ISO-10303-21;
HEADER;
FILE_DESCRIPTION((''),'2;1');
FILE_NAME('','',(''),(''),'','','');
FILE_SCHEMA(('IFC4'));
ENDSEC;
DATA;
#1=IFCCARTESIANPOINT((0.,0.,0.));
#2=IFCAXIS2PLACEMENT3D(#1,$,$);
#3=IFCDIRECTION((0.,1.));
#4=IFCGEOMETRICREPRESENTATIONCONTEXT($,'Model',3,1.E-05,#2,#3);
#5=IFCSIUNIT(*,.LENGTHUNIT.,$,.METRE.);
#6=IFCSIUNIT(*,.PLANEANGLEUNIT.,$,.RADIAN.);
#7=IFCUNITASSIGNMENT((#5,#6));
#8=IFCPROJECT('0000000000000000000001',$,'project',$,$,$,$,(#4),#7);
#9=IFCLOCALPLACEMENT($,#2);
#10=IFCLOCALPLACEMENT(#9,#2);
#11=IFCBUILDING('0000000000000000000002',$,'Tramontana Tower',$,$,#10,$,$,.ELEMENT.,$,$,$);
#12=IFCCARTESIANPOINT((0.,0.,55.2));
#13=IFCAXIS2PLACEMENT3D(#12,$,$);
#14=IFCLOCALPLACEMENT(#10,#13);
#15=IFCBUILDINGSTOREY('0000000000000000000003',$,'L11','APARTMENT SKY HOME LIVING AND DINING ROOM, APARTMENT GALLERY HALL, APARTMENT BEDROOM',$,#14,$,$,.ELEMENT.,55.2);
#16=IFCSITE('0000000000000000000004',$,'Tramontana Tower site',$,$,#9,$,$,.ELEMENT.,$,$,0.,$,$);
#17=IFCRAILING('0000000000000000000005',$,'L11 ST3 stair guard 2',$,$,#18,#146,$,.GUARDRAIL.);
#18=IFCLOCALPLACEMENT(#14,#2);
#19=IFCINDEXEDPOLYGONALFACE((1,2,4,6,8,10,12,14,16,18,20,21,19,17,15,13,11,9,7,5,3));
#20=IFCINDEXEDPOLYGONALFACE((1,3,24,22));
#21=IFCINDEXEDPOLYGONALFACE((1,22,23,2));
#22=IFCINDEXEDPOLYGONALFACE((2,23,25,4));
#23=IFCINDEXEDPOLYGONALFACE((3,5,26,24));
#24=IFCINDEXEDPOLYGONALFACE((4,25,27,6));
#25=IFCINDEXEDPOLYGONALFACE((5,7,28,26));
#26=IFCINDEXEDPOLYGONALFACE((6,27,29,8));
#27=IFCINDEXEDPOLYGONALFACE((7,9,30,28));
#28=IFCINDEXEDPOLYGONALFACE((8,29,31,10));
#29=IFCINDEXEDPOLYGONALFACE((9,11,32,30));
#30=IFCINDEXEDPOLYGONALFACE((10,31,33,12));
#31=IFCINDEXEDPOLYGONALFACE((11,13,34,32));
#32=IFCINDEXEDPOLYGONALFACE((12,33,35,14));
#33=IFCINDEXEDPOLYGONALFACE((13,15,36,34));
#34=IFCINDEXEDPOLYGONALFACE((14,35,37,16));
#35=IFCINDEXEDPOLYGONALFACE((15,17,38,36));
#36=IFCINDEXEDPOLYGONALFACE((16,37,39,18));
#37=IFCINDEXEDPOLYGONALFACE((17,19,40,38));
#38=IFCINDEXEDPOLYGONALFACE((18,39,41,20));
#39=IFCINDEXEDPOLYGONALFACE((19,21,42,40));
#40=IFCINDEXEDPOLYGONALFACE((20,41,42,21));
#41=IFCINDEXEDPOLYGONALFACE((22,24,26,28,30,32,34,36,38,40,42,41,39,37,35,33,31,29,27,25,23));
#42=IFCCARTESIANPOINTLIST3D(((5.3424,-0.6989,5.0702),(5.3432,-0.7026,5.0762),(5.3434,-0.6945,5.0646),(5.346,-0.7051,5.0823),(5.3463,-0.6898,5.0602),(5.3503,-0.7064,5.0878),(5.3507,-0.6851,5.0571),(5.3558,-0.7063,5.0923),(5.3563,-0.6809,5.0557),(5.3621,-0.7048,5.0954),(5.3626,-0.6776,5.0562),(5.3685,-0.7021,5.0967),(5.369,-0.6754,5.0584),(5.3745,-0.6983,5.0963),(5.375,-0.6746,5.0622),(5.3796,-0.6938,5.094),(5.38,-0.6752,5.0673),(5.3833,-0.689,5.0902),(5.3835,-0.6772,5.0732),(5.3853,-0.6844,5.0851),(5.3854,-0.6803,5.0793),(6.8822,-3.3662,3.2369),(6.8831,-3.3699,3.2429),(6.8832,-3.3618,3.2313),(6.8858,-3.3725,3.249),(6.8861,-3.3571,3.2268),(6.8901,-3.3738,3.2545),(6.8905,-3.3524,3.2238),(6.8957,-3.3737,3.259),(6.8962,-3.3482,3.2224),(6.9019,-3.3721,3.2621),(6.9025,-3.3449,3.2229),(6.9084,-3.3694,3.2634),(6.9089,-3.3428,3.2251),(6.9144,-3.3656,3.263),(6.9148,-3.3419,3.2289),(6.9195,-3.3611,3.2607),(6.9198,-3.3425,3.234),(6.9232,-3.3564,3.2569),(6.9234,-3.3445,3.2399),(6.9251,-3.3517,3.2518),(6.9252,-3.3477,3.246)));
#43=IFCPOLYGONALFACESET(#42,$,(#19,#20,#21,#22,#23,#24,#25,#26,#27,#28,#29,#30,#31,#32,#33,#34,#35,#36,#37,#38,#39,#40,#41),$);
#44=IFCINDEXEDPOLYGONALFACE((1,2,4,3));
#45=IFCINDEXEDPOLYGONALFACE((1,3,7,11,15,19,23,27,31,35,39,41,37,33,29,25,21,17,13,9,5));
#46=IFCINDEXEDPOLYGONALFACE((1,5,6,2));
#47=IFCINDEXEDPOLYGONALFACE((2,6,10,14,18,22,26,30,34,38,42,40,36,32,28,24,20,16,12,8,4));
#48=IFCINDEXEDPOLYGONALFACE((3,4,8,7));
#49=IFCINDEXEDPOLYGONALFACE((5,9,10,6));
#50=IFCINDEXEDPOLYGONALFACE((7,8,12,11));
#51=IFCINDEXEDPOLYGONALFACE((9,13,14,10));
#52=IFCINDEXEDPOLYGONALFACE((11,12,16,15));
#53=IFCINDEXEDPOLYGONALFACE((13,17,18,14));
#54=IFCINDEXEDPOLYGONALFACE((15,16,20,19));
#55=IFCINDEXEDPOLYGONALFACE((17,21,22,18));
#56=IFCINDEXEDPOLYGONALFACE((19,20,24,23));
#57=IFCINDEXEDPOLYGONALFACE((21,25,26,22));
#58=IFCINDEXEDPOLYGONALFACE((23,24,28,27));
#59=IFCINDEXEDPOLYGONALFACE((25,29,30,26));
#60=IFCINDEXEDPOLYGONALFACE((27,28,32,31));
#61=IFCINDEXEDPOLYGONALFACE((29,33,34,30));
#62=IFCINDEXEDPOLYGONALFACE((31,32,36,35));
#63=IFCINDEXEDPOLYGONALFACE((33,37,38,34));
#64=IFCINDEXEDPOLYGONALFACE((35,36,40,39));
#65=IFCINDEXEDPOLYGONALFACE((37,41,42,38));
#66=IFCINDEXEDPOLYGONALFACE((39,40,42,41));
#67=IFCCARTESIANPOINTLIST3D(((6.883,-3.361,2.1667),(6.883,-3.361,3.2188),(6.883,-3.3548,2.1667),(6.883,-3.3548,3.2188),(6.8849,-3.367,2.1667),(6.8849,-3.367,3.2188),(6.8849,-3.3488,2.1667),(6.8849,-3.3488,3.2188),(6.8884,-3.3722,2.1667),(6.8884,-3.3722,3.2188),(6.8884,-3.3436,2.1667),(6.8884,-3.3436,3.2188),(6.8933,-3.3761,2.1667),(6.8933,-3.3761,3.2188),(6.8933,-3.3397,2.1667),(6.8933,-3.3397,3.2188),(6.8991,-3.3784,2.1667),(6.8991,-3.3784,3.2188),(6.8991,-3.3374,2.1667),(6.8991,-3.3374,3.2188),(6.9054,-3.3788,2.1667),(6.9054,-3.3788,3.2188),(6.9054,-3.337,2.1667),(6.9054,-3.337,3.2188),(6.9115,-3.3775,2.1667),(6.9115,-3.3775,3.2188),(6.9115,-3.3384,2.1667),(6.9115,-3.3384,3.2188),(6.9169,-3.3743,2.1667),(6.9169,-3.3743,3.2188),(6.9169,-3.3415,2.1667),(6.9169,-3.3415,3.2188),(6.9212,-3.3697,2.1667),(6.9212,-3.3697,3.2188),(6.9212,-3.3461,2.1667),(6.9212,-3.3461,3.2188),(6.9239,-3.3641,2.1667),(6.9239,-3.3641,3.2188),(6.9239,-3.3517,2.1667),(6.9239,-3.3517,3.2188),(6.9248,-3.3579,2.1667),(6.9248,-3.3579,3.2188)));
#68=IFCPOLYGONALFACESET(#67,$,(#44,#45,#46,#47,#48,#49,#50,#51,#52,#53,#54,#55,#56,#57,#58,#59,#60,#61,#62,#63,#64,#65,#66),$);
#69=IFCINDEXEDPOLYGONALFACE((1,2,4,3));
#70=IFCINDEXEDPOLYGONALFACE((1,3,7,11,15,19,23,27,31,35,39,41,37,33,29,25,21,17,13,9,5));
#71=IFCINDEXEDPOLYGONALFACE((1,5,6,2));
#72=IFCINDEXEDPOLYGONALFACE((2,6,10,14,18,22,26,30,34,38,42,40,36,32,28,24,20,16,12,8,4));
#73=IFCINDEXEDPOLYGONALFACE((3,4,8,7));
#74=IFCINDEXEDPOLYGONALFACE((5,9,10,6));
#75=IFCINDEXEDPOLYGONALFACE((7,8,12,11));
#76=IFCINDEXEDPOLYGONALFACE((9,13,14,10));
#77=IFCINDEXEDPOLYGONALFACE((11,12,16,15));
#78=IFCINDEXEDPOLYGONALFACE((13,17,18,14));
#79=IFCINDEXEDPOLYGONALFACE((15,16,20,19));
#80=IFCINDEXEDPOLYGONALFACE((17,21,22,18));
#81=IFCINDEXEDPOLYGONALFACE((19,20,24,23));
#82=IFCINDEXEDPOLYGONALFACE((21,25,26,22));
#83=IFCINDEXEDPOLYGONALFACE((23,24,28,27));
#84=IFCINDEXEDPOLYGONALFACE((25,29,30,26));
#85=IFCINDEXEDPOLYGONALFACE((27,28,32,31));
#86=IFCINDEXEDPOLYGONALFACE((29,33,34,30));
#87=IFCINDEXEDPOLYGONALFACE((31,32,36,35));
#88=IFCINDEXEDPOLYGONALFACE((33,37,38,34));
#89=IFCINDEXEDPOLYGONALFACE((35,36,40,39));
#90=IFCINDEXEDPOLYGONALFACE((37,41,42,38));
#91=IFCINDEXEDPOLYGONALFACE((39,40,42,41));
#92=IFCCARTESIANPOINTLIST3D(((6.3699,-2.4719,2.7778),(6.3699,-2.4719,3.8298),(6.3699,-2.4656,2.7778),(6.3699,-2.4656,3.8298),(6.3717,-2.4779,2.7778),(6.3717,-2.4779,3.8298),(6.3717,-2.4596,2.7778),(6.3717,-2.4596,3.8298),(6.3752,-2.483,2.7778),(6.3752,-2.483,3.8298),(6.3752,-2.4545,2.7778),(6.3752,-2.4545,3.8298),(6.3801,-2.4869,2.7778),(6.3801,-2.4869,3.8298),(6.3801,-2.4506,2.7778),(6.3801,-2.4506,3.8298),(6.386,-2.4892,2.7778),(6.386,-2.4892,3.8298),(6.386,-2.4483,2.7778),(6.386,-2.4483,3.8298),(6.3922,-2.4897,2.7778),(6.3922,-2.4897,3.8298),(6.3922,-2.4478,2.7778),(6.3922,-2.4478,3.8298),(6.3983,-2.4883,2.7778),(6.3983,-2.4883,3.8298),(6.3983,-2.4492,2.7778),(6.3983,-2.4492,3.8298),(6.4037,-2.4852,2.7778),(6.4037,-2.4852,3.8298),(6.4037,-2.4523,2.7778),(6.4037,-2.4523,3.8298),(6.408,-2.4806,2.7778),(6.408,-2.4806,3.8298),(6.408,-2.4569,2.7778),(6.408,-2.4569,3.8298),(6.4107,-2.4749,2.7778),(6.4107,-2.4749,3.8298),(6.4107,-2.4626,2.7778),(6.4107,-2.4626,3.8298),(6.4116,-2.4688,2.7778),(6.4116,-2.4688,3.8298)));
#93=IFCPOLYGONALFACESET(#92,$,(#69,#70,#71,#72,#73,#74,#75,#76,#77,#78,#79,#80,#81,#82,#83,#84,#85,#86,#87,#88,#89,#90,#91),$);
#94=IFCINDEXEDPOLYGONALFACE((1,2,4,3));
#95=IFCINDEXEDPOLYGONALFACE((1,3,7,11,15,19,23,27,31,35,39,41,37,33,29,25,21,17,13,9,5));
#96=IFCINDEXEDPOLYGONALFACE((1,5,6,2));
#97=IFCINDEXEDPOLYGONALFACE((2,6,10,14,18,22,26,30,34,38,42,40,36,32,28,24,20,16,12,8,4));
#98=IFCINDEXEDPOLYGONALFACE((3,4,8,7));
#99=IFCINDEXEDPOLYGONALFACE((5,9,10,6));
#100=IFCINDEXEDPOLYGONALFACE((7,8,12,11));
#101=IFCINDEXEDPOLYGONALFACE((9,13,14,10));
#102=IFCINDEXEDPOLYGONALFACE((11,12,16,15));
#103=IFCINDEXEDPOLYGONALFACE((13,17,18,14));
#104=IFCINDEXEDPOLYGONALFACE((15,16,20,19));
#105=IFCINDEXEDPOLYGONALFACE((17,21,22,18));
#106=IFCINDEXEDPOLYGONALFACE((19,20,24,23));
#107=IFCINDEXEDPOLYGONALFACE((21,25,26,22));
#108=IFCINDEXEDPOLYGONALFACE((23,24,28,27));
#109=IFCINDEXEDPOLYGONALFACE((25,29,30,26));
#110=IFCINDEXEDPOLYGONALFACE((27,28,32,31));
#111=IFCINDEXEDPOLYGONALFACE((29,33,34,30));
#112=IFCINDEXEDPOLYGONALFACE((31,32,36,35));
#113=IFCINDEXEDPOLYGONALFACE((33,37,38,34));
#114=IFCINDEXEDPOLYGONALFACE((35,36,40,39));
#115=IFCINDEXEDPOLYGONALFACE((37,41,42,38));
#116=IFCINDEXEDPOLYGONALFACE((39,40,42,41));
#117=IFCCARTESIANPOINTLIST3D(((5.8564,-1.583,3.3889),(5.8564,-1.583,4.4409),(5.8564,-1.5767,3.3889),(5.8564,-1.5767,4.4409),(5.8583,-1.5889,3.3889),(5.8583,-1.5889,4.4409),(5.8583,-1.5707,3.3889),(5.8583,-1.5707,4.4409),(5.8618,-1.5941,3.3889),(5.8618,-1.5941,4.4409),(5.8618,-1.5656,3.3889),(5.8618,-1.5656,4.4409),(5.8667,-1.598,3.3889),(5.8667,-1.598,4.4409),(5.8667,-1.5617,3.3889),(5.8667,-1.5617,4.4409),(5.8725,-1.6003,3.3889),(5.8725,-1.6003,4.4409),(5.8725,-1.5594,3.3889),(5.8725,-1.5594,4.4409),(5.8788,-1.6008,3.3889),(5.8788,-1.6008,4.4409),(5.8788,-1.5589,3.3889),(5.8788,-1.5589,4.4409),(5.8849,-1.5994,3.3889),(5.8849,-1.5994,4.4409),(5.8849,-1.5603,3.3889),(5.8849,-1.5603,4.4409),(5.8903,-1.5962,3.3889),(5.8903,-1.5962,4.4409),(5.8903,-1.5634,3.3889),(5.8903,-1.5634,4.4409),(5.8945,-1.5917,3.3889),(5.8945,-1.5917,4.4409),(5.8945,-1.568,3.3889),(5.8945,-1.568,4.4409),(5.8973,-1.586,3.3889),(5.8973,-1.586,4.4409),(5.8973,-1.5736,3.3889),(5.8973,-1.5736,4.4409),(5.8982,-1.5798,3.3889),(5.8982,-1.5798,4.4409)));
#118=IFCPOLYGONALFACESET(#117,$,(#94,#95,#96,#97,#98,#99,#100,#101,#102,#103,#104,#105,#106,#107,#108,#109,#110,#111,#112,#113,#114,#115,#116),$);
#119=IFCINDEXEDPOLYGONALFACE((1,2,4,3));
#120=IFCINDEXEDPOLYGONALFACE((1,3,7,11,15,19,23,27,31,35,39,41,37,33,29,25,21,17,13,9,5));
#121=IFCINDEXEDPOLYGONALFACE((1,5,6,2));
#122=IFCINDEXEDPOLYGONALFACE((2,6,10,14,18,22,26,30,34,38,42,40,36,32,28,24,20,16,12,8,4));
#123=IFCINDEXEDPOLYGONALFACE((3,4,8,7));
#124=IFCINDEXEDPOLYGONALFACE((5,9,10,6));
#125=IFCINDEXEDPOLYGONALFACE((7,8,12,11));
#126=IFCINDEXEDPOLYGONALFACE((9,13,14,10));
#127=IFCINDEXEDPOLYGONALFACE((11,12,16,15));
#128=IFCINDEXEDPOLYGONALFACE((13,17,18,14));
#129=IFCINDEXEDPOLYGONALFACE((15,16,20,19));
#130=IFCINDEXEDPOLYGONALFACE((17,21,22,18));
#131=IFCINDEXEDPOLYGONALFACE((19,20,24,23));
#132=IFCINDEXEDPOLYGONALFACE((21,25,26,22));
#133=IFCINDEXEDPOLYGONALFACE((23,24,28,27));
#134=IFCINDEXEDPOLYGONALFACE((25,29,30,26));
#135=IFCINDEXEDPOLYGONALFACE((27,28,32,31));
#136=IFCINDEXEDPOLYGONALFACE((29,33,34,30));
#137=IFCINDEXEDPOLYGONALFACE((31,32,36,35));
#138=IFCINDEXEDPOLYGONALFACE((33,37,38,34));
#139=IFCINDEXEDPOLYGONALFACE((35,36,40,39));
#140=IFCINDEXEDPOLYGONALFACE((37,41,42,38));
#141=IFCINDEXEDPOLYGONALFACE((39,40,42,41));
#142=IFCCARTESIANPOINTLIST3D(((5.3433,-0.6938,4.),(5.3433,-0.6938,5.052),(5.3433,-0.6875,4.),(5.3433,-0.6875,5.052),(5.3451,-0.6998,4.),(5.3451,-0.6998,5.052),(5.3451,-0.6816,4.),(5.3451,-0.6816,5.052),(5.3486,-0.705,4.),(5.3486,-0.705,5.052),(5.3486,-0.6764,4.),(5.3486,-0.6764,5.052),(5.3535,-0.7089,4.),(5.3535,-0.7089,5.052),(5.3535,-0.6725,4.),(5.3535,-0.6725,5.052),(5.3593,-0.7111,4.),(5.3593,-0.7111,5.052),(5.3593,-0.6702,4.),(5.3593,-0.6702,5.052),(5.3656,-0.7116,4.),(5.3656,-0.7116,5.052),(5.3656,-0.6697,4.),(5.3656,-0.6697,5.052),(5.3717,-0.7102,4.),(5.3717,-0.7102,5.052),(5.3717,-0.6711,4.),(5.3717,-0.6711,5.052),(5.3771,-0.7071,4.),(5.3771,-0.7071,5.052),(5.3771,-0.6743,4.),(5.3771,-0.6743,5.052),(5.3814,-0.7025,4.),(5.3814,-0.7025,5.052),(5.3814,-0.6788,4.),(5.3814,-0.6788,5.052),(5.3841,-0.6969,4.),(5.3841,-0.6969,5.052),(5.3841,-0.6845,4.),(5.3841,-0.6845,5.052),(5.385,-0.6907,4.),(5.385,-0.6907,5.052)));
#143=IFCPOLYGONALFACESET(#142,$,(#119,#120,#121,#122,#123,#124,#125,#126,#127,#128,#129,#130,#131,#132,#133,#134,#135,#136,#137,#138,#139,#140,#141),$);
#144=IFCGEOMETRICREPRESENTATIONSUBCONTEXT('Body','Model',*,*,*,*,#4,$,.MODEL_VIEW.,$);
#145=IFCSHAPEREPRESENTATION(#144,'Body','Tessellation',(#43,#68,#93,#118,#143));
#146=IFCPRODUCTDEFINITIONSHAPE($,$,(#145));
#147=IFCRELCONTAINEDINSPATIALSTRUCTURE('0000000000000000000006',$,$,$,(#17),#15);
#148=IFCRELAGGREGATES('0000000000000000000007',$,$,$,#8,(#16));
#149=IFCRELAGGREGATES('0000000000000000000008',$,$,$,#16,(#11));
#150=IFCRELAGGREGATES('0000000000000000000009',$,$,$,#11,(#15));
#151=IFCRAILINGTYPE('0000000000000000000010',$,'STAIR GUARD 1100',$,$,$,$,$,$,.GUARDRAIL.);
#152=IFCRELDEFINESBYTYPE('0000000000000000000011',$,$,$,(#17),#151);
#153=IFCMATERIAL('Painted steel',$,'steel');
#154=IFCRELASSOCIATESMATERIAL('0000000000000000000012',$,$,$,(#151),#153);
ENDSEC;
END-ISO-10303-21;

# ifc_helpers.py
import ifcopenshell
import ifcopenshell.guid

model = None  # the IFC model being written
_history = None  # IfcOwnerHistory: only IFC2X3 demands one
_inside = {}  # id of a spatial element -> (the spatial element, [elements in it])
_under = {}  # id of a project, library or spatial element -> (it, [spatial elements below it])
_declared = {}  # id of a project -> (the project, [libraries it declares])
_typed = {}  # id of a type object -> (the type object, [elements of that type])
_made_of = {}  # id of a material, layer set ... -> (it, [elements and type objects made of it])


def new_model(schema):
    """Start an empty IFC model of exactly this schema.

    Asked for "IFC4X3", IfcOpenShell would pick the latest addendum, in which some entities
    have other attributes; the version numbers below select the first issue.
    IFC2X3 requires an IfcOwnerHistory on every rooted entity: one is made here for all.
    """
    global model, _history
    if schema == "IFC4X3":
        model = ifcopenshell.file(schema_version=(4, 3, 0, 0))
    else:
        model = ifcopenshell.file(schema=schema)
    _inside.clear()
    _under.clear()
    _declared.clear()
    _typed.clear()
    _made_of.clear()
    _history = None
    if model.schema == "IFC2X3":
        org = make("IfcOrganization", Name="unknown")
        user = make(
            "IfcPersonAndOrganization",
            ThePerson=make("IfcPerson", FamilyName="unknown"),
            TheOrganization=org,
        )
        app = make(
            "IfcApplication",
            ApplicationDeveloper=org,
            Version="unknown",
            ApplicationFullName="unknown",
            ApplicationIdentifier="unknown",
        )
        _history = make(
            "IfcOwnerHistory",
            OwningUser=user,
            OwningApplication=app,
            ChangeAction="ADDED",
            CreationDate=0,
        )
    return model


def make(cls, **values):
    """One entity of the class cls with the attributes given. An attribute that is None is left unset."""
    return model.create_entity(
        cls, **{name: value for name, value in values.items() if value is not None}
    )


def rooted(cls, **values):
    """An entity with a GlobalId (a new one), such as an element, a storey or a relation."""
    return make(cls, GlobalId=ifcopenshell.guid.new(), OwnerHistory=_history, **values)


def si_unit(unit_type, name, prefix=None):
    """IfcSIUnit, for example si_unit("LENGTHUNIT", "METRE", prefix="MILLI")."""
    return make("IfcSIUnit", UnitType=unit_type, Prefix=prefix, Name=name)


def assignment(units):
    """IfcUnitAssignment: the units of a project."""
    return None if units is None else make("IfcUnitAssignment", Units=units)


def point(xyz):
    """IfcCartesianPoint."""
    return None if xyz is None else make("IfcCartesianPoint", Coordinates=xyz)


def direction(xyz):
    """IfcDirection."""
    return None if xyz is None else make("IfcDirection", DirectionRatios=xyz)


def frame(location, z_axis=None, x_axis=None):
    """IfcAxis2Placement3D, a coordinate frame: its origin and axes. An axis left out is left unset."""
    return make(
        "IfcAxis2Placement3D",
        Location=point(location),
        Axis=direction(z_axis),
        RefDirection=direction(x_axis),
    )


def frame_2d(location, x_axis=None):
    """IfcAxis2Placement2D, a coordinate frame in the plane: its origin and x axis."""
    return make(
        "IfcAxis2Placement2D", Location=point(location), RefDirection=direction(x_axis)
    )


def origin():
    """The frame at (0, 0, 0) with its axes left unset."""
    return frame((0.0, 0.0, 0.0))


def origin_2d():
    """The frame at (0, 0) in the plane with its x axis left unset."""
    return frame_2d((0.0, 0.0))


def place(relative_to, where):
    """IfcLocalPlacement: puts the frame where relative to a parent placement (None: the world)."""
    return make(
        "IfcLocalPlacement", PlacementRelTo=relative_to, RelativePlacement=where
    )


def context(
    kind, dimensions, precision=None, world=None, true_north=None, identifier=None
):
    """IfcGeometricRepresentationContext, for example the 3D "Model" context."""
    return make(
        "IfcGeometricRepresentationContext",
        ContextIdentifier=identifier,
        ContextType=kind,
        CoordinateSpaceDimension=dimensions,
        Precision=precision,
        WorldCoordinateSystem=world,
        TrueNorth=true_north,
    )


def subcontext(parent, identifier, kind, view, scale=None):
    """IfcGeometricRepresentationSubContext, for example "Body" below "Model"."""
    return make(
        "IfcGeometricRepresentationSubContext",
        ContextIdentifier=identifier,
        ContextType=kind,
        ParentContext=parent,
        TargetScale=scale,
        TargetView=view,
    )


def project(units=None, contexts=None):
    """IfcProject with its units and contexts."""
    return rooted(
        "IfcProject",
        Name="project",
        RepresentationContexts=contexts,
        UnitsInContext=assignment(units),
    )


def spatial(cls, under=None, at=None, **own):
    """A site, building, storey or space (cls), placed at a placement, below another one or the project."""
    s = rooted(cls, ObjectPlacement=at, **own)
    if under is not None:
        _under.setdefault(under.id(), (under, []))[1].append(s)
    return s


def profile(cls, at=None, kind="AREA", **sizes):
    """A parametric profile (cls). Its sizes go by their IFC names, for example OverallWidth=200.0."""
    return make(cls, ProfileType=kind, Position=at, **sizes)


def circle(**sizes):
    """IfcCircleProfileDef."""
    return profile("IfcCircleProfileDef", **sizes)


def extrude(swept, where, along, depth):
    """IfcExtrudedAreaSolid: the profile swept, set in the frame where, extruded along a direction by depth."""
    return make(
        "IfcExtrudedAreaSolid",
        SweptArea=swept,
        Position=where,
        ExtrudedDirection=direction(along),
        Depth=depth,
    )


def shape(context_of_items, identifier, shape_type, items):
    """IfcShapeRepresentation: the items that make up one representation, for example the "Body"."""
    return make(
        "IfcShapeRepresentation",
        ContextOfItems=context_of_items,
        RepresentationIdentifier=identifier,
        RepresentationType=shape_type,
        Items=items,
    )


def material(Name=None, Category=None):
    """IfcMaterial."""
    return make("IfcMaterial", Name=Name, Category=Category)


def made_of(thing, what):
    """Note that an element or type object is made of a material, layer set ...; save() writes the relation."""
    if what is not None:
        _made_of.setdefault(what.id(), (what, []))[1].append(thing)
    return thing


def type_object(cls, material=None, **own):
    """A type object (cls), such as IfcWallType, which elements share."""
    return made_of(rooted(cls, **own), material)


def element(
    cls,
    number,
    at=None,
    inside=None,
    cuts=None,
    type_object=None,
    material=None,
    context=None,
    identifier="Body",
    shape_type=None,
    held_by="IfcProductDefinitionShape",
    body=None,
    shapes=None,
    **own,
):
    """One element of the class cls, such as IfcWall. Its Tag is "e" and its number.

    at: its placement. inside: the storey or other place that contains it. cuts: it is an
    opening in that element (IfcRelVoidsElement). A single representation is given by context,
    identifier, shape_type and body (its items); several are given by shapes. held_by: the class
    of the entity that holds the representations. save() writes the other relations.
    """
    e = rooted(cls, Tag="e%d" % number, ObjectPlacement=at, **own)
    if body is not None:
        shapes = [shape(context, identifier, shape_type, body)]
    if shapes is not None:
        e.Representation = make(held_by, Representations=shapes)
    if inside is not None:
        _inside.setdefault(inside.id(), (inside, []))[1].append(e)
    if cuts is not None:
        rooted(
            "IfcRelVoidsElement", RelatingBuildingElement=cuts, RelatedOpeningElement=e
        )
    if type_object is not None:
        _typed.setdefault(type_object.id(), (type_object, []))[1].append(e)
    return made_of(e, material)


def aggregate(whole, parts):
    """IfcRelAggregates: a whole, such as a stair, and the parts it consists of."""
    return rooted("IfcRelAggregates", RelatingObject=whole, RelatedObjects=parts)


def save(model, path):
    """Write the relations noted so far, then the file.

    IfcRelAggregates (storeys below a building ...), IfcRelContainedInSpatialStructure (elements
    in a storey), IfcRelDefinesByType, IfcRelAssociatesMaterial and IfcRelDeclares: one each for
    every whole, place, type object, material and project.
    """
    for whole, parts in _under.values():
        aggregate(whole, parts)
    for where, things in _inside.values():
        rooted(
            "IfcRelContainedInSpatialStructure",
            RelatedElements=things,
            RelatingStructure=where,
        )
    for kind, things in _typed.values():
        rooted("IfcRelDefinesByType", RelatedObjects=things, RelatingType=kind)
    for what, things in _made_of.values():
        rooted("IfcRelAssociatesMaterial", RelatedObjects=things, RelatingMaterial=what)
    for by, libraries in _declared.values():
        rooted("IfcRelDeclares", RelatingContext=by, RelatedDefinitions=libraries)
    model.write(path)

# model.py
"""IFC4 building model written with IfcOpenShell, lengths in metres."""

from ifc_helpers import new_model, si_unit, direction, frame, origin, origin_2d, place, context, subcontext, project, spatial, circle, extrude, material, type_object, element, save


model = new_model("IFC4")

# Units and contexts
model_context = context("Model", 3, precision=1e-05, world=origin(), true_north=direction((0.0, 1.0)))
body_context = subcontext(model_context, "Body", "Model", "MODEL_VIEW")
ifc_project = project(units=[si_unit("LENGTHUNIT", "METRE"), si_unit("PLANEANGLEUNIT", "RADIAN")], contexts=[model_context])

# Site, building, storey
site_placement = place(None, origin())
site = spatial("IfcSite", under=ifc_project, at=site_placement, Name="Tramontana Tower site", CompositionType="ELEMENT", RefElevation=0.0)
building_placement = place(site_placement, origin())
building = spatial("IfcBuilding", under=site, at=building_placement, Name="Tramontana Tower", CompositionType="ELEMENT")
storey_placement = place(building_placement, frame((0.0, 0.0, 55.2)))
storey = spatial("IfcBuildingStorey", under=building, at=storey_placement, Name="L11", Description="APARTMENT SKY HOME LIVING AND DINING ROOM, APARTMENT GALLERY HALL, APARTMENT BEDROOM", CompositionType="ELEMENT", Elevation=55.2)

# Railing
ifc_material_1 = material(Name="Painted steel", Category="steel")
railing_type_1 = type_object("IfcRailingType", Name="STAIR GUARD 1100", PredefinedType="GUARDRAIL", material=ifc_material_1)
railing_1_placement = place(storey_placement, frame((6.9038, -3.3579, 2.1667)))
element("IfcRailing", 1, at=railing_1_placement, inside=storey, type_object=railing_type_1, Name="L11 ST3 stair guard 2", PredefinedType="GUARDRAIL", context=body_context, shape_type="SweptSolid", body=[
    extrude(circle(Radius=0.0239, at=origin_2d()), frame((0.0, 0.0, 1.0762), z_axis=(-0.429616, 0.744181, 0.511493), x_axis=(-0.866044, -0.499967, 0.0)), (0.0, 0.0, 1.0), 3.5842),
    extrude(circle(Radius=0.021, at=origin_2d()), origin(), (0.0, 0.0, 1.0), 1.052),
    extrude(circle(Radius=0.021, at=origin_2d()), frame((-0.5132, 0.8892, 0.6111)), (0.0, 0.0, 1.0), 1.052),
    extrude(circle(Radius=0.021, at=origin_2d()), frame((-1.0266, 1.7781, 1.2222)), (0.0, 0.0, 1.0), 1.052),
    extrude(circle(Radius=0.021, at=origin_2d()), frame((-1.5398, 2.6672, 1.8333)), (0.0, 0.0, 1.0), 1.052),
])

save(model, "model.ifc")
